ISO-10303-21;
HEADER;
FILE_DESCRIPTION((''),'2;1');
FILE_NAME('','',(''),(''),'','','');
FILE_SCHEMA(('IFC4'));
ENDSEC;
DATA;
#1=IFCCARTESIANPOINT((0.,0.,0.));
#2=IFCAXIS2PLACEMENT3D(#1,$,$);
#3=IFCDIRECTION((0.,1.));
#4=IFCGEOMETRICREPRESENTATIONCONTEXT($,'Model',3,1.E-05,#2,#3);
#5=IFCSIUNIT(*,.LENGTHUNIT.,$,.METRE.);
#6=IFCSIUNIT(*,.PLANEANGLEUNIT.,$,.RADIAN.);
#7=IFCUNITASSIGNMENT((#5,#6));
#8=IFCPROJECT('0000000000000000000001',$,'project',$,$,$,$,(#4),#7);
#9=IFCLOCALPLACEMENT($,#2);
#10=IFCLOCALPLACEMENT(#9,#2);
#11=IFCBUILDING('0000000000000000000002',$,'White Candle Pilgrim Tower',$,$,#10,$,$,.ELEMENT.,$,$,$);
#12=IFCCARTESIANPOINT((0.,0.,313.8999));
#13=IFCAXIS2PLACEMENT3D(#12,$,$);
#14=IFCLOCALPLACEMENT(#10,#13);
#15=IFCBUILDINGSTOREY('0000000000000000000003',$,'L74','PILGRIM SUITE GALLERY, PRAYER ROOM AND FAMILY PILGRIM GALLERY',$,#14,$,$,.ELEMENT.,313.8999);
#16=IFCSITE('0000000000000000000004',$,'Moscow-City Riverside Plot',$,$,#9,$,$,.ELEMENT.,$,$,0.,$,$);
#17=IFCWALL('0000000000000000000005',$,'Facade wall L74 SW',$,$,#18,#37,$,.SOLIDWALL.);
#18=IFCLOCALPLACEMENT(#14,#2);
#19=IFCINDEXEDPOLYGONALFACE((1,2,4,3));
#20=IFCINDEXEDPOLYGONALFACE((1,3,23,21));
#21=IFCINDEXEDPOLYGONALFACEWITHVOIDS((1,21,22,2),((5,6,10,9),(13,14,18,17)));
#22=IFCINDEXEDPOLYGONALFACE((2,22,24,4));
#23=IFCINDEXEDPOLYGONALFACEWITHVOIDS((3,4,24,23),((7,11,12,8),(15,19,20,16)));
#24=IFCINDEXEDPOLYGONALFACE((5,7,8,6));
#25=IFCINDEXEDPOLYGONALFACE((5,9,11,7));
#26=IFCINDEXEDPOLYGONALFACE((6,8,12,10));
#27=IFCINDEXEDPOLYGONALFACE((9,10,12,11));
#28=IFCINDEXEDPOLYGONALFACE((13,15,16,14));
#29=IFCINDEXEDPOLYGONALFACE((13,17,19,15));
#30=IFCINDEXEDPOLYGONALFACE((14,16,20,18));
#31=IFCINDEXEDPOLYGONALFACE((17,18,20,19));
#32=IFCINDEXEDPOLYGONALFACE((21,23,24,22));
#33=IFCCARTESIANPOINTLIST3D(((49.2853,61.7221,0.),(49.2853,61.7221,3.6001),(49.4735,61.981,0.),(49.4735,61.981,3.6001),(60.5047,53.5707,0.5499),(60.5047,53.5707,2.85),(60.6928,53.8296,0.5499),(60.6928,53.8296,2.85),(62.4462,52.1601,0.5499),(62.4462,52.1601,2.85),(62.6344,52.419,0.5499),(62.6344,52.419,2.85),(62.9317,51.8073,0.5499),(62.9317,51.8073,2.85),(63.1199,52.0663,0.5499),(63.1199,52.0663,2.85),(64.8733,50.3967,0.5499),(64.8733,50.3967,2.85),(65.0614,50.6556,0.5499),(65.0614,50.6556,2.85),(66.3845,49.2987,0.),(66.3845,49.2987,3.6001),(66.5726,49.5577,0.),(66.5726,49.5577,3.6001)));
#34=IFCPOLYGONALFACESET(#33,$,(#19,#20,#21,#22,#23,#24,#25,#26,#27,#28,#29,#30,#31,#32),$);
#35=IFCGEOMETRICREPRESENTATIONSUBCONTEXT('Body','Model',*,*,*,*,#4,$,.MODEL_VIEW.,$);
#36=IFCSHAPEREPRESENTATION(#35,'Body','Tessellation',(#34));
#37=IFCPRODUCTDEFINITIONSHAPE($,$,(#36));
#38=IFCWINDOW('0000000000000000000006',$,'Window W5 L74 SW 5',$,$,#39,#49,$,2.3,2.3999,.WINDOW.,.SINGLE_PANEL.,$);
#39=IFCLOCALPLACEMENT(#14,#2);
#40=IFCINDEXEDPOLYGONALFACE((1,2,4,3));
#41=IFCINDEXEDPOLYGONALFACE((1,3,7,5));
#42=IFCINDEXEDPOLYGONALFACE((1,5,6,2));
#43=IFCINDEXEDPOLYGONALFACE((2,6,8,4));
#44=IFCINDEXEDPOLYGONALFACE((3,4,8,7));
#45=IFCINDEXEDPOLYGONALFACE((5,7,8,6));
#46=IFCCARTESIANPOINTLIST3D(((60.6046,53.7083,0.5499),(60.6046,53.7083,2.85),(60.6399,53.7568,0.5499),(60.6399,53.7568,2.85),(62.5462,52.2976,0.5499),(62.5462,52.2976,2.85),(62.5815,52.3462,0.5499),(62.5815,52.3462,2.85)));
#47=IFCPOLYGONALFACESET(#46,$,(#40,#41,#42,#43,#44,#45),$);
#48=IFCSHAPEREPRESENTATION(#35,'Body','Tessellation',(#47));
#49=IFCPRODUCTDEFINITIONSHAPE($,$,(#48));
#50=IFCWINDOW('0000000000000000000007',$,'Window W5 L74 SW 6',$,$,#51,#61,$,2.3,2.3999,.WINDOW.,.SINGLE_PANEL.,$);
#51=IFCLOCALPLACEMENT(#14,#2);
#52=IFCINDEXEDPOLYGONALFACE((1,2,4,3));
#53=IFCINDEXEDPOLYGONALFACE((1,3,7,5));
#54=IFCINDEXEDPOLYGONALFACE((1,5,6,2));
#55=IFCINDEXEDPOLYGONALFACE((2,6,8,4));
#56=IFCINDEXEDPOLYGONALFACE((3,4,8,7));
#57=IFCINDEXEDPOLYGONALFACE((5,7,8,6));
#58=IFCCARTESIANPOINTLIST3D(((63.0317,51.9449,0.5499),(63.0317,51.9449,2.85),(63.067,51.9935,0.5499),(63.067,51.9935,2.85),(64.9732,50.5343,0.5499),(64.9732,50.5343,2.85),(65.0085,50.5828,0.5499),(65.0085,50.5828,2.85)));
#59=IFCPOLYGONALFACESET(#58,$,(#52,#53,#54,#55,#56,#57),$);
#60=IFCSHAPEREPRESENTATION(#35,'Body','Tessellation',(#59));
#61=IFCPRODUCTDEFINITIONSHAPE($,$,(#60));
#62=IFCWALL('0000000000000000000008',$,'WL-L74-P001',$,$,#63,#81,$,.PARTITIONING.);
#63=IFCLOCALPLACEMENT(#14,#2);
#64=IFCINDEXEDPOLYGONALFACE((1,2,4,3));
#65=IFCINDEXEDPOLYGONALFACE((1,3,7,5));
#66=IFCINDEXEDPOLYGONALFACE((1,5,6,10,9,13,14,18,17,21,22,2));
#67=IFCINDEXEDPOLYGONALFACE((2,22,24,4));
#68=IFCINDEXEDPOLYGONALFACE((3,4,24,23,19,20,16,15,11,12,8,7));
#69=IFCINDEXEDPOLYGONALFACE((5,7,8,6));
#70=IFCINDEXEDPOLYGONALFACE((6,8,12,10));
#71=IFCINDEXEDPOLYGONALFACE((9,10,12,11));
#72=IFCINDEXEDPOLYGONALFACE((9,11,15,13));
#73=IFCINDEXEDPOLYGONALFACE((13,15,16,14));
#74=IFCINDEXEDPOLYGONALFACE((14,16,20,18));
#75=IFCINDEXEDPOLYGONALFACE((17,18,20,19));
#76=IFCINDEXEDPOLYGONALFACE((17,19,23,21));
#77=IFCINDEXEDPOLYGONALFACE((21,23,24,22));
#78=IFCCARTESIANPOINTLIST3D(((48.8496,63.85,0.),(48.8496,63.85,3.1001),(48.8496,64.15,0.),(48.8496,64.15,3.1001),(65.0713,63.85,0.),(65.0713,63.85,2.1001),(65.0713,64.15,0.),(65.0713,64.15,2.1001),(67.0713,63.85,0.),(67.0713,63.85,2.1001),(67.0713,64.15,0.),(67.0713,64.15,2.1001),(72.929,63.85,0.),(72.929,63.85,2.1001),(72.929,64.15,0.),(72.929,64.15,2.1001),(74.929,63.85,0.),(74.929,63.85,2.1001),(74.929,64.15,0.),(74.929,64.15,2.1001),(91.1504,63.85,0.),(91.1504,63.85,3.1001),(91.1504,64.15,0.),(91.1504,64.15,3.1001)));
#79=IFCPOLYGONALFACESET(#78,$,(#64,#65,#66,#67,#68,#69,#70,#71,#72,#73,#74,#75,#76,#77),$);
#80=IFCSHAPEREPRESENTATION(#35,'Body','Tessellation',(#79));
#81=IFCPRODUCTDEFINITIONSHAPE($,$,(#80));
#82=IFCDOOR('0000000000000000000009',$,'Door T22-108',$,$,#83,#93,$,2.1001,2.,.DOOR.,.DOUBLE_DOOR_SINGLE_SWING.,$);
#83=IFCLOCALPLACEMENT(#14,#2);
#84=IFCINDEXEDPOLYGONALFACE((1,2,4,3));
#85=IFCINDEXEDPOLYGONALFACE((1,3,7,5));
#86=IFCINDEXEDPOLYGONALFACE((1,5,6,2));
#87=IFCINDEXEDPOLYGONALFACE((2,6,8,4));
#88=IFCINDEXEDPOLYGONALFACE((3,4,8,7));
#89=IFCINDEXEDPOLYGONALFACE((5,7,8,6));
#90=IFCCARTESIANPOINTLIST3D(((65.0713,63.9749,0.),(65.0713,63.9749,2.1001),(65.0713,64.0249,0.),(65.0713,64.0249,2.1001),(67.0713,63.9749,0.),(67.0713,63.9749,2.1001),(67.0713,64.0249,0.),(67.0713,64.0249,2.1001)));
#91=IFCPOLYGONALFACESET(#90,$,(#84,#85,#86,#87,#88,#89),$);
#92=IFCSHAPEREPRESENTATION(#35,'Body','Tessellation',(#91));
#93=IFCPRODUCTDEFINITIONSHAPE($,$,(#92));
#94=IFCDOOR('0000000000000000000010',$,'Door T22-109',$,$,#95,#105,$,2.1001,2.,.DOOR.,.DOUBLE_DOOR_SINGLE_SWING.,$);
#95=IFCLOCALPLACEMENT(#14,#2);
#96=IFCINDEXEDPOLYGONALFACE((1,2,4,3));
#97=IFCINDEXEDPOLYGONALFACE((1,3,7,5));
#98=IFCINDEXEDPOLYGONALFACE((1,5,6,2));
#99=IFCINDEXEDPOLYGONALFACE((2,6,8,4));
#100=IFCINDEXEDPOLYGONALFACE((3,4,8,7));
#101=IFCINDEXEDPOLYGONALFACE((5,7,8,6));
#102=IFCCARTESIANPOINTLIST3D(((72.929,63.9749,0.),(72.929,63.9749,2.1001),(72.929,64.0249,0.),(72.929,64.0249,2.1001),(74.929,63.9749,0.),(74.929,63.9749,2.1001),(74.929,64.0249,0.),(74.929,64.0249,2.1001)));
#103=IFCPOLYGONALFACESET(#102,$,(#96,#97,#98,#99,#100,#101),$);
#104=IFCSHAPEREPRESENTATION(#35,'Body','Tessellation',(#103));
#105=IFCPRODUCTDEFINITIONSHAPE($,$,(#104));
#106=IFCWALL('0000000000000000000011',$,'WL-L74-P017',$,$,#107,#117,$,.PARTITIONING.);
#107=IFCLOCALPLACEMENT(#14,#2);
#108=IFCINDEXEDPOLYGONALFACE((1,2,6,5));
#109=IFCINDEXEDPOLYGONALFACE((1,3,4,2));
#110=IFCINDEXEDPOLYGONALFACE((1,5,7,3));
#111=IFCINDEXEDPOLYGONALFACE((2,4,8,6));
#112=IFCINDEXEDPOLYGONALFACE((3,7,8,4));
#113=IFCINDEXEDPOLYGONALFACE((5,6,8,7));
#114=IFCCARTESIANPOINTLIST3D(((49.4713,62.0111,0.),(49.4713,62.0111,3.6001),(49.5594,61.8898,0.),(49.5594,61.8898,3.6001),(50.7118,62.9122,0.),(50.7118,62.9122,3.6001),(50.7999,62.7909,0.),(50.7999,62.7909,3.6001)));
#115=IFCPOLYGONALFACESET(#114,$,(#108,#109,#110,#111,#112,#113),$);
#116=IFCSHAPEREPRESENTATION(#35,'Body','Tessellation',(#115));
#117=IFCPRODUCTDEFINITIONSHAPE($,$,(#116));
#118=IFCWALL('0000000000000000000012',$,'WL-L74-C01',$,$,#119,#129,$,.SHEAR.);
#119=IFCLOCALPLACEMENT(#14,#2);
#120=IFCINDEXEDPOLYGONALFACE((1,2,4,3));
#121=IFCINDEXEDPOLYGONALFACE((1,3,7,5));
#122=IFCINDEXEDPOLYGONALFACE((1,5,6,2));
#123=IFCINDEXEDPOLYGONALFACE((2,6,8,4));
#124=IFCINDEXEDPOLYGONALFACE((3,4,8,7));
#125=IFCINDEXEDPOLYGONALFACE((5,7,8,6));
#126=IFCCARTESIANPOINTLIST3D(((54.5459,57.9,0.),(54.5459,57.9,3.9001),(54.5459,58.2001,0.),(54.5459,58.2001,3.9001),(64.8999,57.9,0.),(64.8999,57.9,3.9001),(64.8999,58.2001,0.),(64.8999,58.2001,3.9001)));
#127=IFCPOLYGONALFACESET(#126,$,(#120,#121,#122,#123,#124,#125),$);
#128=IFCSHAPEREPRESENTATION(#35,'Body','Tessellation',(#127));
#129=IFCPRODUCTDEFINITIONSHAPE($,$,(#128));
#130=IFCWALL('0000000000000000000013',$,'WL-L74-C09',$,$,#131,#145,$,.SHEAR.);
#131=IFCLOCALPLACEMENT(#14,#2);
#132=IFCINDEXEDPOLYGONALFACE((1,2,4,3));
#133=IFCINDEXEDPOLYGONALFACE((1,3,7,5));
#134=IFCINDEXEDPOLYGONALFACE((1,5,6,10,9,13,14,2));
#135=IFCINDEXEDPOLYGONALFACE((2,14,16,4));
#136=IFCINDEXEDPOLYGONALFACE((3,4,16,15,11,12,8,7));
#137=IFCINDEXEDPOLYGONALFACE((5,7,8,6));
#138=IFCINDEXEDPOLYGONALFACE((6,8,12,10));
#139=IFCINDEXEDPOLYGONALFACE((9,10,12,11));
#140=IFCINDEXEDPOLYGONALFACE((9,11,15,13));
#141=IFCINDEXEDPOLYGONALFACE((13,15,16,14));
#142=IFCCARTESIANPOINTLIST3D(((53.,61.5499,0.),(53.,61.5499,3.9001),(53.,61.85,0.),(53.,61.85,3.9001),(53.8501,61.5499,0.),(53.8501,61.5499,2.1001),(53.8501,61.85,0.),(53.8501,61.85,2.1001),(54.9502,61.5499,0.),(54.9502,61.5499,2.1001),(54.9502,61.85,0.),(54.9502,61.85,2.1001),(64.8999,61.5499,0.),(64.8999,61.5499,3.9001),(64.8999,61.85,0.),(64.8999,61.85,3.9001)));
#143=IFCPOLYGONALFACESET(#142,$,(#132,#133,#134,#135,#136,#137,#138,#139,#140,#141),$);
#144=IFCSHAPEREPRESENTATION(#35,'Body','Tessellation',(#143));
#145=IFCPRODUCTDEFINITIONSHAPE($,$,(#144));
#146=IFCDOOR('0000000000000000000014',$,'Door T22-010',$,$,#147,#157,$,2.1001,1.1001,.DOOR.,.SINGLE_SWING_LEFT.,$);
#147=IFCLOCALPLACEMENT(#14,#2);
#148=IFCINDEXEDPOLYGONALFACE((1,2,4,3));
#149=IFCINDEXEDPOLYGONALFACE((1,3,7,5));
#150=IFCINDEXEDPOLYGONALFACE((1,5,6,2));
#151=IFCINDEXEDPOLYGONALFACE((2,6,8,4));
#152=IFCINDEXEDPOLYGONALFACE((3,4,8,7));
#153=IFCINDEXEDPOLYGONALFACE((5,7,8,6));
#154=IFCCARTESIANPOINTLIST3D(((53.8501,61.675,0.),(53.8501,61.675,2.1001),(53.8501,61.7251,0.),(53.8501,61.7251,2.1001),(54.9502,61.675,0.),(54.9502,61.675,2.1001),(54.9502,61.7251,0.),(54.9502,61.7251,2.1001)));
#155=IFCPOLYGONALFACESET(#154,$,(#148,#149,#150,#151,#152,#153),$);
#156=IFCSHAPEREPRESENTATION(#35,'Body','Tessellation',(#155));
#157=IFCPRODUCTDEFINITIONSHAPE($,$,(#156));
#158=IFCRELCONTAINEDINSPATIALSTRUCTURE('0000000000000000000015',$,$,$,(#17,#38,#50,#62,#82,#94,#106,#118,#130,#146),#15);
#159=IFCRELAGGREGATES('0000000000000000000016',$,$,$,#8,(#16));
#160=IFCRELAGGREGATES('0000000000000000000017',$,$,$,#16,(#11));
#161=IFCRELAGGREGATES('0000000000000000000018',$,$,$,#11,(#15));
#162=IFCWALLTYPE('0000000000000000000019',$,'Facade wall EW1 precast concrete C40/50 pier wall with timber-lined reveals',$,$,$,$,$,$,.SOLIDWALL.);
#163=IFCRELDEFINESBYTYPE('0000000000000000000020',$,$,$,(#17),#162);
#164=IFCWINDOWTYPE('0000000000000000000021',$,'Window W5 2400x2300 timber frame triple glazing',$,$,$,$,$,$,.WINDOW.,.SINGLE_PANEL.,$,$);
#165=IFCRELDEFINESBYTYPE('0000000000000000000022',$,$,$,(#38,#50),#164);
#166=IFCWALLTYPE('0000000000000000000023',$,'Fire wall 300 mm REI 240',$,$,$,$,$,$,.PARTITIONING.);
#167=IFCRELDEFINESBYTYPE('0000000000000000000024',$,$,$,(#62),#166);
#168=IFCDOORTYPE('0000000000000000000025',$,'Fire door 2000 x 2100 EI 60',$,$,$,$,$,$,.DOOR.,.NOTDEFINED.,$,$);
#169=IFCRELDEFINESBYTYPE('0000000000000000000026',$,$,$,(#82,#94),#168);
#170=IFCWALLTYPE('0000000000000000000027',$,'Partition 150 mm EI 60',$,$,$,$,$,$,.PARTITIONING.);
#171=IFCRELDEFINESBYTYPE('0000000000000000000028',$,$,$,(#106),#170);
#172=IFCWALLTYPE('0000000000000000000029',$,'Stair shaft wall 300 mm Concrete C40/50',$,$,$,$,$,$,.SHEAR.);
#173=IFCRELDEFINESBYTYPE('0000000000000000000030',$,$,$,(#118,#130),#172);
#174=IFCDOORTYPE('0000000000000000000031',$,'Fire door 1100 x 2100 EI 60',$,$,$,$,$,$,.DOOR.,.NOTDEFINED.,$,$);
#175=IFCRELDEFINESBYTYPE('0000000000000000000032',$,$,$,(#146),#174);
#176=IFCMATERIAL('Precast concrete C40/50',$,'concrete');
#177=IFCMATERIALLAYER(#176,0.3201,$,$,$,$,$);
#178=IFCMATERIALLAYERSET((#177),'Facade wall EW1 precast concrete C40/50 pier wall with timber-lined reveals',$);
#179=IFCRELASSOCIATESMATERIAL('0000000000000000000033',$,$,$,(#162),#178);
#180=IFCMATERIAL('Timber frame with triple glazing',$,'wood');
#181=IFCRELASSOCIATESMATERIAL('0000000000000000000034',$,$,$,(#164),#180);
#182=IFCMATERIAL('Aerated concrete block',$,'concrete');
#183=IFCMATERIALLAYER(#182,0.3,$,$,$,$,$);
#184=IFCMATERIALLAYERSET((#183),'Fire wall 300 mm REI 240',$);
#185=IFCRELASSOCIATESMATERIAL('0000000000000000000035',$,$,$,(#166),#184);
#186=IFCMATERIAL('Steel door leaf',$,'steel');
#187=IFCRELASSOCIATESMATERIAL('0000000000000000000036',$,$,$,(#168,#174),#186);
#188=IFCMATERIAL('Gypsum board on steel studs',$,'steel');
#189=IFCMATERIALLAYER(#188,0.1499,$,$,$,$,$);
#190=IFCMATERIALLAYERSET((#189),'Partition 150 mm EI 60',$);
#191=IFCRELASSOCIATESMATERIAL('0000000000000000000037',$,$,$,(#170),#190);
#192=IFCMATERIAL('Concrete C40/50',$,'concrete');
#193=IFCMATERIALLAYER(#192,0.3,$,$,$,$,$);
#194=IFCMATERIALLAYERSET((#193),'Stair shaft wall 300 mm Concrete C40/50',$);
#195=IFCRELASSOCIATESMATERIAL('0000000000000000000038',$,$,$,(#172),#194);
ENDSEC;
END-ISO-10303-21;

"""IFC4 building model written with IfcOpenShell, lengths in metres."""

from ifc_helpers import new_model, si_unit, direction, frame, frame_2d, origin, place, context, subcontext, project, spatial, rectangle, extrude, material, layer, layer_set, type_object, element, fill, save


model = new_model("IFC4")

# Units and contexts
model_context = context("Model", 3, precision=1e-05, world=origin(), true_north=direction((0.0, 1.0)))
body_context = subcontext(model_context, "Body", "Model", "MODEL_VIEW")
ifc_project = project(units=[si_unit("LENGTHUNIT", "METRE"), si_unit("PLANEANGLEUNIT", "RADIAN")], contexts=[model_context])

# Site, building, storey
site_placement = place(None, origin())
site = spatial("IfcSite", under=ifc_project, at=site_placement, Name="Moscow-City Riverside Plot", CompositionType="ELEMENT", RefElevation=0.0)
building_placement = place(site_placement, origin())
building = spatial("IfcBuilding", under=site, at=building_placement, Name="White Candle Pilgrim Tower", CompositionType="ELEMENT")
storey_placement = place(building_placement, frame((0.0, 0.0, 313.8999)))
storey = spatial("IfcBuildingStorey", under=building, at=storey_placement, Name="L74", Description="PILGRIM SUITE GALLERY, PRAYER ROOM AND FAMILY PILGRIM GALLERY", CompositionType="ELEMENT", Elevation=313.8999)

# Shared definitions
ifc_material_1 = material(Name="Concrete C40/50", Category="concrete")

# Shared definitions
ifc_material_2 = material(Name="Gypsum board on steel studs", Category="steel")

# Wall, openings, windows
ifc_material_3 = material(Name="Precast concrete C40/50", Category="concrete")
ifc_layer_1 = layer(ifc_material_3, 0.3201)
ifc_layer_set_1 = layer_set([ifc_layer_1], Name="Facade wall EW1 precast concrete C40/50 pier wall with timber-lined reveals")
wall_type_1 = type_object("IfcWallType", Name="Facade wall EW1 precast concrete C40/50 pier wall with timber-lined reveals", PredefinedType="SOLIDWALL", material=ifc_layer_set_1)
wall_1_placement = place(storey_placement, frame((49.3794, 61.8516, 0.0), z_axis=(0.0, 0.0, 1.0), x_axis=(0.809015, -0.587788, 0.0)))
wall_1 = element("IfcWall", 1, at=wall_1_placement, inside=storey, type_object=wall_type_1, Name="Facade wall L74 SW", PredefinedType="SOLIDWALL", context=body_context, shape_type="SweptSolid", body=[
    extrude(rectangle(XDim=21.1357, YDim=0.3201, at=frame_2d((10.5679, 0.0))), origin(), (0.0, 0.0, 1.0), 3.6001),
])
opening_1_placement = place(wall_1_placement, frame((13.8679, 0.0, 0.55)))
opening_1 = element("IfcOpeningElement", 2, at=opening_1_placement, cuts=wall_1, PredefinedType="OPENING", context=body_context, shape_type="SweptSolid", body=[
    extrude(rectangle(XDim=2.3999, YDim=2.3, at=frame_2d((1.2, 1.1499))), frame((0.0, 0.1699, 0.0), z_axis=(0.0, -1.0, 0.0), x_axis=(1.0, 0.0, 0.0)), (0.0, 0.0, 1.0), 0.3401),
])
opening_2_placement = place(wall_1_placement, frame((16.8679, 0.0, 0.55)))
opening_2 = element("IfcOpeningElement", 3, at=opening_2_placement, cuts=wall_1, PredefinedType="OPENING", context=body_context, shape_type="SweptSolid", body=[
    extrude(rectangle(XDim=2.3999, YDim=2.3, at=frame_2d((1.2, 1.1499))), frame((0.0, 0.1699, 0.0), z_axis=(0.0, -1.0, 0.0), x_axis=(1.0, 0.0, 0.0)), (0.0, 0.0, 1.0), 0.3401),
])
ifc_material_4 = material(Name="Timber frame with triple glazing", Category="wood")
window_type = type_object("IfcWindowType", Name="Window W5 2400x2300 timber frame triple glazing", PartitioningType="SINGLE_PANEL", PredefinedType="WINDOW", material=ifc_material_4)
window_1_placement = place(opening_1_placement, origin())
window_1 = element("IfcWindow", 4, at=window_1_placement, inside=storey, type_object=window_type, Name="Window W5 L74 SW 5", OverallHeight=2.3, OverallWidth=2.3999, PartitioningType="SINGLE_PANEL", PredefinedType="WINDOW", context=body_context, shape_type="SweptSolid", body=[
    extrude(rectangle(XDim=2.3999, YDim=2.3, at=frame_2d((1.2, 1.1499))), frame((0.0, 0.0701, 0.0), z_axis=(0.0, -1.0, 0.0), x_axis=(1.0, 0.0, 0.0)), (0.0, 0.0, 1.0), 0.0601),
])
fill(opening_1, window_1)
window_2_placement = place(opening_2_placement, origin())
window_2 = element("IfcWindow", 5, at=window_2_placement, inside=storey, type_object=window_type, Name="Window W5 L74 SW 6", OverallHeight=2.3, OverallWidth=2.3999, PartitioningType="SINGLE_PANEL", PredefinedType="WINDOW", context=body_context, shape_type="SweptSolid", body=[
    extrude(rectangle(XDim=2.3999, YDim=2.3, at=frame_2d((1.2, 1.1499))), frame((0.0, 0.0701, 0.0), z_axis=(0.0, -1.0, 0.0), x_axis=(1.0, 0.0, 0.0)), (0.0, 0.0, 1.0), 0.0601),
])
fill(opening_2, window_2)

# Wall, openings, doors
ifc_material_5 = material(Name="Aerated concrete block", Category="concrete")
ifc_layer_2 = layer(ifc_material_5, 0.3)
ifc_layer_set_2 = layer_set([ifc_layer_2], Name="Fire wall 300 mm REI 240")
wall_type_2 = type_object("IfcWallType", Name="Fire wall 300 mm REI 240", PredefinedType="PARTITIONING", material=ifc_layer_set_2)
wall_2_placement = place(storey_placement, frame((48.8496, 64.0, 0.0), z_axis=(0.0, 0.0, 1.0), x_axis=(1.0, 0.0, 0.0)))
wall_2 = element("IfcWall", 6, at=wall_2_placement, inside=storey, type_object=wall_type_2, Name="WL-L74-P001", PredefinedType="PARTITIONING", context=body_context, shape_type="SweptSolid", body=[
    extrude(rectangle(XDim=42.3008, YDim=0.3, at=frame_2d((21.1504, 0.0))), origin(), (0.0, 0.0, 1.0), 3.1001),
])
opening_3_placement = place(wall_2_placement, frame((16.2217, 0.0, 0.0)))
opening_3 = element("IfcOpeningElement", 7, at=opening_3_placement, cuts=wall_2, PredefinedType="OPENING", context=body_context, shape_type="SweptSolid", body=[
    extrude(rectangle(XDim=2.0, YDim=2.1001, at=frame_2d((1.0, 1.05))), frame((0.0, 0.1599, 0.0), z_axis=(0.0, -1.0, 0.0), x_axis=(1.0, 0.0, 0.0)), (0.0, 0.0, 1.0), 0.3201),
])
opening_4_placement = place(wall_2_placement, frame((24.0793, 0.0, 0.0)))
opening_4 = element("IfcOpeningElement", 8, at=opening_4_placement, cuts=wall_2, PredefinedType="OPENING", context=body_context, shape_type="SweptSolid", body=[
    extrude(rectangle(XDim=2.0, YDim=2.1001, at=frame_2d((1.0, 1.05))), frame((0.0, 0.1599, 0.0), z_axis=(0.0, -1.0, 0.0), x_axis=(1.0, 0.0, 0.0)), (0.0, 0.0, 1.0), 0.3201),
])
ifc_material_6 = material(Name="Steel door leaf", Category="steel")
door_type_1 = type_object("IfcDoorType", Name="Fire door 2000 x 2100 EI 60", OperationType="NOTDEFINED", PredefinedType="DOOR", material=ifc_material_6)
door_1_placement = place(opening_3_placement, origin())
door_1 = element("IfcDoor", 9, at=door_1_placement, inside=storey, type_object=door_type_1, Name="Door T22-108", OperationType="DOUBLE_DOOR_SINGLE_SWING", OverallHeight=2.1001, OverallWidth=2.0, PredefinedType="DOOR", context=body_context, shape_type="SweptSolid", body=[
    extrude(rectangle(XDim=2.0, YDim=2.1001, at=frame_2d((1.0, 1.05))), frame((0.0, 0.0249, 0.0), z_axis=(0.0, -1.0, 0.0), x_axis=(1.0, 0.0, 0.0)), (0.0, 0.0, 1.0), 0.05),
])
fill(opening_3, door_1)
door_2_placement = place(opening_4_placement, origin())
door_2 = element("IfcDoor", 10, at=door_2_placement, inside=storey, type_object=door_type_1, Name="Door T22-109", OperationType="DOUBLE_DOOR_SINGLE_SWING", OverallHeight=2.1001, OverallWidth=2.0, PredefinedType="DOOR", context=body_context, shape_type="SweptSolid", body=[
    extrude(rectangle(XDim=2.0, YDim=2.1001, at=frame_2d((1.0, 1.05))), frame((0.0, 0.0249, 0.0), z_axis=(0.0, -1.0, 0.0), x_axis=(1.0, 0.0, 0.0)), (0.0, 0.0, 1.0), 0.05),
])
fill(opening_4, door_2)

# Walls
ifc_layer_3 = layer(ifc_material_2, 0.1499)
ifc_layer_set_3 = layer_set([ifc_layer_3], Name="Partition 150 mm EI 60")
wall_type_3 = type_object("IfcWallType", Name="Partition 150 mm EI 60", PredefinedType="PARTITIONING", material=ifc_layer_set_3)
wall_3_placement = place(storey_placement, frame((49.5154, 61.9504, 0.0), z_axis=(0.0, 0.0, 1.0), x_axis=(0.80906, 0.587727, 0.0)))
element("IfcWall", 11, at=wall_3_placement, inside=storey, type_object=wall_type_3, Name="WL-L74-P017", PredefinedType="PARTITIONING", context=body_context, shape_type="SweptSolid", body=[
    extrude(rectangle(XDim=1.5332, YDim=0.1499, at=frame_2d((0.7666, 0.0))), origin(), (0.0, 0.0, 1.0), 3.6001),
])
ifc_layer_4 = layer(ifc_material_1, 0.3)
ifc_layer_set_4 = layer_set([ifc_layer_4], Name="Stair shaft wall 300 mm Concrete C40/50")
wall_type_4 = type_object("IfcWallType", Name="Stair shaft wall 300 mm Concrete C40/50", PredefinedType="SHEAR", material=ifc_layer_set_4)
wall_4_placement = place(storey_placement, frame((54.5459, 58.05, 0.0), z_axis=(0.0, 0.0, 1.0), x_axis=(1.0, 0.0, 0.0)))
element("IfcWall", 12, at=wall_4_placement, inside=storey, type_object=wall_type_4, Name="WL-L74-C01", PredefinedType="SHEAR", context=body_context, shape_type="SweptSolid", body=[
    extrude(rectangle(XDim=10.354, YDim=0.3, at=frame_2d((5.177, 0.0))), origin(), (0.0, 0.0, 1.0), 3.9001),
])

# Wall, opening, door
wall_5_placement = place(storey_placement, frame((53.0, 61.7, 0.0), z_axis=(0.0, 0.0, 1.0), x_axis=(1.0, 0.0, 0.0)))
wall_5 = element("IfcWall", 13, at=wall_5_placement, inside=storey, type_object=wall_type_4, Name="WL-L74-C09", PredefinedType="SHEAR", context=body_context, shape_type="SweptSolid", body=[
    extrude(rectangle(XDim=11.8999, YDim=0.3, at=frame_2d((5.95, 0.0))), origin(), (0.0, 0.0, 1.0), 3.9001),
])
opening_5_placement = place(wall_5_placement, frame((0.8501, 0.0, 0.0)))
opening_5 = element("IfcOpeningElement", 14, at=opening_5_placement, cuts=wall_5, PredefinedType="OPENING", context=body_context, shape_type="SweptSolid", body=[
    extrude(rectangle(XDim=1.1001, YDim=2.1001, at=frame_2d((0.55, 1.05))), frame((0.0, 0.1599, 0.0), z_axis=(0.0, -1.0, 0.0), x_axis=(1.0, 0.0, 0.0)), (0.0, 0.0, 1.0), 0.3201),
])
door_type_2 = type_object("IfcDoorType", Name="Fire door 1100 x 2100 EI 60", OperationType="NOTDEFINED", PredefinedType="DOOR", material=ifc_material_6)
door_3_placement = place(opening_5_placement, frame((1.1001, 0.0, 0.0), z_axis=(0.0, 0.0, 1.0), x_axis=(-1.0, 0.0, 0.0)))
door_3 = element("IfcDoor", 15, at=door_3_placement, inside=storey, type_object=door_type_2, Name="Door T22-010", OperationType="SINGLE_SWING_LEFT", OverallHeight=2.1001, OverallWidth=1.1001, PredefinedType="DOOR", context=body_context, shape_type="SweptSolid", body=[
    extrude(rectangle(XDim=1.1001, YDim=2.1001, at=frame_2d((0.55, 1.05))), frame((0.0, 0.0249, 0.0), z_axis=(0.0, -1.0, 0.0), x_axis=(1.0, 0.0, 0.0)), (0.0, 0.0, 1.0), 0.05),
])
fill(opening_5, door_3)

save(model, "model.ifc")
